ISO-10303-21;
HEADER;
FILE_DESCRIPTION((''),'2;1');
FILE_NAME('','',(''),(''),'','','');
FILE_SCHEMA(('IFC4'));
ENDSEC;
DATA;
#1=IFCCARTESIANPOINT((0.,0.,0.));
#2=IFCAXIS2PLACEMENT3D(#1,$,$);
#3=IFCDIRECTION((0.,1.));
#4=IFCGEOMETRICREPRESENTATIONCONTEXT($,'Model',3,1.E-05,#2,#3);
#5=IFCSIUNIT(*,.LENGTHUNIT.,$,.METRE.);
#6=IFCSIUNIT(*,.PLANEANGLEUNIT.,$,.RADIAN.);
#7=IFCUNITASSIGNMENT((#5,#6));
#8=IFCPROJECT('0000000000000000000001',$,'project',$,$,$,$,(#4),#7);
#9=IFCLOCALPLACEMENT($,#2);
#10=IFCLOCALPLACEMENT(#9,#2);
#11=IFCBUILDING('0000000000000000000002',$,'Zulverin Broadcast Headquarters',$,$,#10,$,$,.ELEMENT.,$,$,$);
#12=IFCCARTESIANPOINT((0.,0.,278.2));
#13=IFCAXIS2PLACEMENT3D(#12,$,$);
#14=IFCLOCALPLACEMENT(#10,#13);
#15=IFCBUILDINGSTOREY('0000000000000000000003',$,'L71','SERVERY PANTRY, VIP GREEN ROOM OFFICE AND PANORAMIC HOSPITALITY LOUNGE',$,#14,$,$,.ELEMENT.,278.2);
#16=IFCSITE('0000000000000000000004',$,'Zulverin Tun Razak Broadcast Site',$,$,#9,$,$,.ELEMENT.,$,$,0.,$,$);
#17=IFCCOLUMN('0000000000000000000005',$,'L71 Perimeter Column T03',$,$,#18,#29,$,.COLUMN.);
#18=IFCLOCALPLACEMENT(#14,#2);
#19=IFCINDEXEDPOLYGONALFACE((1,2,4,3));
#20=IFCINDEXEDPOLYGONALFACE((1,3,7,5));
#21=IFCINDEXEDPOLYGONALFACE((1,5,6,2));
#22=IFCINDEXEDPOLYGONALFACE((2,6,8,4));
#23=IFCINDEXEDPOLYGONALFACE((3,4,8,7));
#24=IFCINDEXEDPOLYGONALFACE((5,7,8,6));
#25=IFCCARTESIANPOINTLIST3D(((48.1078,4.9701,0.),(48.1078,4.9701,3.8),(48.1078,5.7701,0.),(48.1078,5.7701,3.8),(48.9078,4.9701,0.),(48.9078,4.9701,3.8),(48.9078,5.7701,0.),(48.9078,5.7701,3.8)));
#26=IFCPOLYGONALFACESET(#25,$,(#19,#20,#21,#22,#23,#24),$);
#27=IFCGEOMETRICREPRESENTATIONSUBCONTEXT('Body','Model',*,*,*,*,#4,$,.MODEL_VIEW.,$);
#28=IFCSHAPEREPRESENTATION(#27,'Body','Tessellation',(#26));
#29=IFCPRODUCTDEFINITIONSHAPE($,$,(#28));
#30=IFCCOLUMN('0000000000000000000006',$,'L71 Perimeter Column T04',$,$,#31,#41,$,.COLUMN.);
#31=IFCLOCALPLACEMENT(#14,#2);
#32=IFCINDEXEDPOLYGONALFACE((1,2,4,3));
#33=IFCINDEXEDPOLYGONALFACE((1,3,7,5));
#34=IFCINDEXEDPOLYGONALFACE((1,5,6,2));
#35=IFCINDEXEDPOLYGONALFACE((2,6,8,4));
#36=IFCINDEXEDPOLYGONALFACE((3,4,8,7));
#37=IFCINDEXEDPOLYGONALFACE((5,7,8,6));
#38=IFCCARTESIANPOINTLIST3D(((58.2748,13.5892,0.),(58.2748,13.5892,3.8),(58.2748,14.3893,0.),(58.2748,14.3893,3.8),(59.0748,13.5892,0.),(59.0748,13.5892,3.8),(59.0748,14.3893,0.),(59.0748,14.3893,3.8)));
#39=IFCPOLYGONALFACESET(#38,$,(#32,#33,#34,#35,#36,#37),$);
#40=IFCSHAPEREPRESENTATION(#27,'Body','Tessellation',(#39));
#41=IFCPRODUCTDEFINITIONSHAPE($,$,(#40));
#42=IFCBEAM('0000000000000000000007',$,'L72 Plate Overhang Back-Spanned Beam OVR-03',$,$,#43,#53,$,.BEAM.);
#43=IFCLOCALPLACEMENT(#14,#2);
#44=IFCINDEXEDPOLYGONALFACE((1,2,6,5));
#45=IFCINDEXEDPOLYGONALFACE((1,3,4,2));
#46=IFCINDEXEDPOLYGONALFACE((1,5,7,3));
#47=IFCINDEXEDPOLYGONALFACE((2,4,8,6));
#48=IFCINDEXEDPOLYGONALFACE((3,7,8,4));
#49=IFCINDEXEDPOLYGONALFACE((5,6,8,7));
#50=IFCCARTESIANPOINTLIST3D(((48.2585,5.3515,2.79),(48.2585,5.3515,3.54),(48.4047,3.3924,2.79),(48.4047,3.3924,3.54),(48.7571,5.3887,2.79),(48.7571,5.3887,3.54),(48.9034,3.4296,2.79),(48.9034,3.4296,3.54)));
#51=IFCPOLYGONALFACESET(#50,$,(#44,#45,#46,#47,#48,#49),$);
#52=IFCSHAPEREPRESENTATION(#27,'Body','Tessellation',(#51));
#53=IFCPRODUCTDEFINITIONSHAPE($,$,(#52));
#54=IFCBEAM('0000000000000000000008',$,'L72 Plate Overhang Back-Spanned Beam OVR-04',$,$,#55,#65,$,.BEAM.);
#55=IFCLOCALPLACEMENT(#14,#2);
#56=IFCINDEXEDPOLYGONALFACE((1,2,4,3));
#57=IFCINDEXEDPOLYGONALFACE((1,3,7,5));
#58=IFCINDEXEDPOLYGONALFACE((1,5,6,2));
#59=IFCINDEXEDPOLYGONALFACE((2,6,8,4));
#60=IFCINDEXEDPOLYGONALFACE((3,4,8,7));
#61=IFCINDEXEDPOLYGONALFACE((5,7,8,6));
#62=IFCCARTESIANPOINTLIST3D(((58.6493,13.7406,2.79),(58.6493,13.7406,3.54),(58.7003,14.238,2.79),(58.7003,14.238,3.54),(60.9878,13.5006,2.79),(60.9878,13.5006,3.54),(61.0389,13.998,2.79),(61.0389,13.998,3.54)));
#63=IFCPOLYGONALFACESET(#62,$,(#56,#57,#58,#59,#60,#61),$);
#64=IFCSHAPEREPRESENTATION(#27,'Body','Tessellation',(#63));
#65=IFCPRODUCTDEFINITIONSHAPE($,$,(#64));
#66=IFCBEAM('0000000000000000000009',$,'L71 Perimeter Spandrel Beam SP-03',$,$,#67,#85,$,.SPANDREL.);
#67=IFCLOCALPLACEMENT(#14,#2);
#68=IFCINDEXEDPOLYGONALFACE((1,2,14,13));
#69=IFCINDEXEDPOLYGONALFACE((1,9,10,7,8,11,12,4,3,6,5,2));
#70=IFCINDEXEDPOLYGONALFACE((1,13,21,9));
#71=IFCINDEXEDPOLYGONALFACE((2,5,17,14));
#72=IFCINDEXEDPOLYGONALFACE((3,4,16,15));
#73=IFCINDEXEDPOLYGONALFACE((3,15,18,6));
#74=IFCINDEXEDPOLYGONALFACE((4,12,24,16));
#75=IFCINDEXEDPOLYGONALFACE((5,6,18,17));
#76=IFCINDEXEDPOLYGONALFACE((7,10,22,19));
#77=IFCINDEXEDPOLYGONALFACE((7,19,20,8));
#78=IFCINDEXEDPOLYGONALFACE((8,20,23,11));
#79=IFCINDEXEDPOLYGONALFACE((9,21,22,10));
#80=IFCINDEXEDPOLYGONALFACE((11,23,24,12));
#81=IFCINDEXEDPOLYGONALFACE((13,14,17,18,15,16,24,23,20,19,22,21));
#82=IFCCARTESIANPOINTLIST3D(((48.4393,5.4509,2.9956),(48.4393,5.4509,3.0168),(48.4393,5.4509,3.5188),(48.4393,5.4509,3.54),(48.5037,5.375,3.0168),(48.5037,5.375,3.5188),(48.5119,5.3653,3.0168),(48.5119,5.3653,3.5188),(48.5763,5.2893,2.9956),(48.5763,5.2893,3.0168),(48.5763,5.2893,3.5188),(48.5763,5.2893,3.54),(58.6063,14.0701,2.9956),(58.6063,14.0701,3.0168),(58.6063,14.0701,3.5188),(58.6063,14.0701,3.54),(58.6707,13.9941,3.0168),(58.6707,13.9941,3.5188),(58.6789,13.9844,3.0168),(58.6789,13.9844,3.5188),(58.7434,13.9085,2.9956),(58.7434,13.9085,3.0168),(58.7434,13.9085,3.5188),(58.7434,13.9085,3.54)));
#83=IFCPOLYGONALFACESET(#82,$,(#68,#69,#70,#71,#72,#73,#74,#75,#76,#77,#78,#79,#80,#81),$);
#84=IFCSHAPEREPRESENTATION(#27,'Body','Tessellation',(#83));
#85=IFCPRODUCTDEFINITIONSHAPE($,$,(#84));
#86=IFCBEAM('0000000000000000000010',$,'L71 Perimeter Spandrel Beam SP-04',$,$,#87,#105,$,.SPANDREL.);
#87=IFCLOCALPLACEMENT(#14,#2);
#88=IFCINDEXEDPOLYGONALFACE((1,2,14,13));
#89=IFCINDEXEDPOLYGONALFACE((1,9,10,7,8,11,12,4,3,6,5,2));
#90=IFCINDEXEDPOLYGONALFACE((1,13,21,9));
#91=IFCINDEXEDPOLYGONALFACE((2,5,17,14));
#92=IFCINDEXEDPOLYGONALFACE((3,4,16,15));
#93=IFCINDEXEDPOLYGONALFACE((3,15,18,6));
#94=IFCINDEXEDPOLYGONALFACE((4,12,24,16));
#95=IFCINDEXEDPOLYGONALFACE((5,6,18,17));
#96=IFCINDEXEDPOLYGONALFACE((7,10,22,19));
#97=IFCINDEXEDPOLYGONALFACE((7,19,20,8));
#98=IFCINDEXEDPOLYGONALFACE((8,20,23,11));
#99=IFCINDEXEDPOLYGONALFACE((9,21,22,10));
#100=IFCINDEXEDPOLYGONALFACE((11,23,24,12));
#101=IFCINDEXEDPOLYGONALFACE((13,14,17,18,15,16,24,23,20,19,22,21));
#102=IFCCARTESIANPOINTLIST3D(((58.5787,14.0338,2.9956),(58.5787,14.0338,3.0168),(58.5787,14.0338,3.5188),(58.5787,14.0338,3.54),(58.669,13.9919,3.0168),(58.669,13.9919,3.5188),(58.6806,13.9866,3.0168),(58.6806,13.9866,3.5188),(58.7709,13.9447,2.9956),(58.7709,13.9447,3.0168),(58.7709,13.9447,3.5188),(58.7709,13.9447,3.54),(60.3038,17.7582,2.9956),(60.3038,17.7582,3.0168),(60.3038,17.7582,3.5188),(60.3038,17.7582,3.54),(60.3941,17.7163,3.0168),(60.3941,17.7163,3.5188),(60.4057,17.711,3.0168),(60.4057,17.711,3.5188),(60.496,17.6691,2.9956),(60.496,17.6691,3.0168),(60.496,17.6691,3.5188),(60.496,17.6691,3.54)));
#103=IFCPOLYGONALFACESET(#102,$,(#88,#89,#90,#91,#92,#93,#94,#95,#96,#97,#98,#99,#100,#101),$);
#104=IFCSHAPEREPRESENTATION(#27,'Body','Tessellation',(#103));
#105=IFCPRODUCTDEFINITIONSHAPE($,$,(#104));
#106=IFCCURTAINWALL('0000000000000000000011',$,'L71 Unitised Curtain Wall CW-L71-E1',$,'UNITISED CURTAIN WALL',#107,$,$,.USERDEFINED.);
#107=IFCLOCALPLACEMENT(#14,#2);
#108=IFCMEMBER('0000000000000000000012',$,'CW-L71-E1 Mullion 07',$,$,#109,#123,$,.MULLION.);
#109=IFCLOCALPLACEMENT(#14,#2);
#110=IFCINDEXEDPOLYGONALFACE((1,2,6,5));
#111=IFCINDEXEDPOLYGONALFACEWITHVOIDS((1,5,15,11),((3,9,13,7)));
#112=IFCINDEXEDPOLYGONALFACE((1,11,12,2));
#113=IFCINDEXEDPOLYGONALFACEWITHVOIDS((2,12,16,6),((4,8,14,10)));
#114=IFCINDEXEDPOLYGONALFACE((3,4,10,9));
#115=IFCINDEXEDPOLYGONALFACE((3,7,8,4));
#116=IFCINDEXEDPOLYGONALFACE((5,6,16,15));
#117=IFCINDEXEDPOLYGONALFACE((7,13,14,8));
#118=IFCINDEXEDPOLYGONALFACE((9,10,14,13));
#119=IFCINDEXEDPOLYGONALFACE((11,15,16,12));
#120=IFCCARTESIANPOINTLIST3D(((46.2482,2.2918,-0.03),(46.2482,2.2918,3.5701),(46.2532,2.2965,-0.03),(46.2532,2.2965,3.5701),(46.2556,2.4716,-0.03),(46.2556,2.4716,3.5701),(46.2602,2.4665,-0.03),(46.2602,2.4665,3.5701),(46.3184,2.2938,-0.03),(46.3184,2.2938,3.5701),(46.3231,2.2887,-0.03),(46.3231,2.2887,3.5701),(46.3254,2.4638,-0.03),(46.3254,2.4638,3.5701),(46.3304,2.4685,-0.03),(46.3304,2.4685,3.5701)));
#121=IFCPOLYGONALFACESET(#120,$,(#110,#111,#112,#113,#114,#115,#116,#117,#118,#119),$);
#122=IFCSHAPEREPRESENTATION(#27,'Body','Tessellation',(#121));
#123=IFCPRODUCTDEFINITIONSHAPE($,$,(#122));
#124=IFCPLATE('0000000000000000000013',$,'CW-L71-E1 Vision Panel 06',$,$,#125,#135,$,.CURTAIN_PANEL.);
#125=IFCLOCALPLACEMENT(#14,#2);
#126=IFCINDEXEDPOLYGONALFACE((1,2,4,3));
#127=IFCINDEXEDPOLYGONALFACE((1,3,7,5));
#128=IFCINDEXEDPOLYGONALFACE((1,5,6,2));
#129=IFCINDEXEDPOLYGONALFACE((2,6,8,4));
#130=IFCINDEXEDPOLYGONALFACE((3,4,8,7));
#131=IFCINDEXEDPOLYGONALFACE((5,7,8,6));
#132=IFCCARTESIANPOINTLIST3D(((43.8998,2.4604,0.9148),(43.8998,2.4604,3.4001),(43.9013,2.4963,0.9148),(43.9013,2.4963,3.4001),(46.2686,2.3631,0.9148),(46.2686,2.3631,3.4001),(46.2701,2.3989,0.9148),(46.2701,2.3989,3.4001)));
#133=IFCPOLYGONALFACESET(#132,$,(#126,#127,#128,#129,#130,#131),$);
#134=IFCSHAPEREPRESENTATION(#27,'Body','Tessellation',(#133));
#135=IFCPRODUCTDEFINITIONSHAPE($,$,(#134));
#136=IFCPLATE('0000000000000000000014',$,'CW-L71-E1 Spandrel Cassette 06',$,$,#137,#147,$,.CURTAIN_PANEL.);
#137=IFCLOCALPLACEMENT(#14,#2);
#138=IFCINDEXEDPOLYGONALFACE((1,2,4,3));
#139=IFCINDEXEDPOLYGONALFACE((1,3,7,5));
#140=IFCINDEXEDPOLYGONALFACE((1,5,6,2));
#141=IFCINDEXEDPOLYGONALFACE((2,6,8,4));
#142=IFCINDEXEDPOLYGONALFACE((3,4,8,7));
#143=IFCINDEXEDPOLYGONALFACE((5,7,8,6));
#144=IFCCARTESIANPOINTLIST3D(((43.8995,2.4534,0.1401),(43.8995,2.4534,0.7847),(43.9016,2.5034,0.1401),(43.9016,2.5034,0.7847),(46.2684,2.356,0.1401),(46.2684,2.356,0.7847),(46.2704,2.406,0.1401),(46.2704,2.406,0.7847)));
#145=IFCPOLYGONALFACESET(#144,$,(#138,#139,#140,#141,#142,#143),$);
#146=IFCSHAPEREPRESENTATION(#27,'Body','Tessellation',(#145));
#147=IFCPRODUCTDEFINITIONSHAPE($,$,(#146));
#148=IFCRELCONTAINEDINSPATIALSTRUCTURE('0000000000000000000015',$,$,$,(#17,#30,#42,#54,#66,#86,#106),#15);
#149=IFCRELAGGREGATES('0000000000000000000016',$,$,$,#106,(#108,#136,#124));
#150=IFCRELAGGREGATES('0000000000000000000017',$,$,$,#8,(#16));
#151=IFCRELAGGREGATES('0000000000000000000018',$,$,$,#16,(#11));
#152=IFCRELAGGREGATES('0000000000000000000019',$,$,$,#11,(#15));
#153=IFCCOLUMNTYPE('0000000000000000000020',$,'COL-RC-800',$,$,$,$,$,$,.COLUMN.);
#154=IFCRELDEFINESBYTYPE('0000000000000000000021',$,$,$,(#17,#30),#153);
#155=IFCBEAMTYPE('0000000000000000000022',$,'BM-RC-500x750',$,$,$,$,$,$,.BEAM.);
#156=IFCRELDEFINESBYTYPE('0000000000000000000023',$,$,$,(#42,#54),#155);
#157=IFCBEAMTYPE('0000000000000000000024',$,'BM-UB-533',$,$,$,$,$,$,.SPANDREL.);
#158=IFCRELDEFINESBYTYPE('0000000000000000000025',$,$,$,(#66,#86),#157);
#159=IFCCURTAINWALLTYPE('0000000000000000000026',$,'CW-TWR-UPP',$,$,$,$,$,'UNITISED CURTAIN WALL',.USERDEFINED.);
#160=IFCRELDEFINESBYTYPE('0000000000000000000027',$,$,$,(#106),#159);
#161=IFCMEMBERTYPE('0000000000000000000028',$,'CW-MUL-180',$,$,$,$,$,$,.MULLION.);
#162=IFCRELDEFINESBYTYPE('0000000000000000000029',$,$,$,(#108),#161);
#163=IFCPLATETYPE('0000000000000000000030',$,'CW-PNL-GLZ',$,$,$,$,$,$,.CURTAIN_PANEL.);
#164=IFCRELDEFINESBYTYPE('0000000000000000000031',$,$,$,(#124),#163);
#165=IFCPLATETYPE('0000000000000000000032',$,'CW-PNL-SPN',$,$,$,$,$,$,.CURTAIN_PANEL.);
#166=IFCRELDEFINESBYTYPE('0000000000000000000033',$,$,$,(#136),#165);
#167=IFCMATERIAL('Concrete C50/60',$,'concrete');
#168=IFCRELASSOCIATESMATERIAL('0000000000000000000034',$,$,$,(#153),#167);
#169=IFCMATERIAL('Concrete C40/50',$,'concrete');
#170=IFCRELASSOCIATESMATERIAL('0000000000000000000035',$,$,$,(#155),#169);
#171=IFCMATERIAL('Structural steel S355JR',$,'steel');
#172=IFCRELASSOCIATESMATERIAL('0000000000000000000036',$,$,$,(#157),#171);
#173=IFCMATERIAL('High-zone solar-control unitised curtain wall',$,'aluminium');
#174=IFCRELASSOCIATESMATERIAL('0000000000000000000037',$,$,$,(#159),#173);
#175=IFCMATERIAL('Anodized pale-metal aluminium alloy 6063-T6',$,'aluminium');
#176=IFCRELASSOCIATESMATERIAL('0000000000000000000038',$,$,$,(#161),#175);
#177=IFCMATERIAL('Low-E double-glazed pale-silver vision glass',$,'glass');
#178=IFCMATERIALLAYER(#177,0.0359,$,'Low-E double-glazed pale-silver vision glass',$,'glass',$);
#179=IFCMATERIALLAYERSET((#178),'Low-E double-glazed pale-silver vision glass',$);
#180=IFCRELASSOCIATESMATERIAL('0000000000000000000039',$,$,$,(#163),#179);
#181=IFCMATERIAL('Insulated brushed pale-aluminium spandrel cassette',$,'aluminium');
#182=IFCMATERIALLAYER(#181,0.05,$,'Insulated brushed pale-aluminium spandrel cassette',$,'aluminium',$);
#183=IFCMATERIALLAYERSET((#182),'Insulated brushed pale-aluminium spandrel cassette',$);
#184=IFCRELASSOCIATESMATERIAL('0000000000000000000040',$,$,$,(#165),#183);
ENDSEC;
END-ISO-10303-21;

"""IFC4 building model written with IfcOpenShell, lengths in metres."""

from ifc_helpers import new_model, si_unit, direction, frame, origin, origin_2d, place, context, subcontext, project, spatial, rectangle, hollow_rectangle, i_section, extrude, material, layer, layer_set, material_profile, profile_set, type_object, element, aggregate, save


model = new_model("IFC4")

# Units and contexts
model_context = context("Model", 3, precision=1e-05, world=origin(), true_north=direction((0.0, 1.0)))
body_context = subcontext(model_context, "Body", "Model", "MODEL_VIEW")
ifc_project = project(units=[si_unit("LENGTHUNIT", "METRE"), si_unit("PLANEANGLEUNIT", "RADIAN")], contexts=[model_context])

# Site, building, storey
site_placement = place(None, origin())
site = spatial("IfcSite", under=ifc_project, at=site_placement, Name="Zulverin Tun Razak Broadcast Site", CompositionType="ELEMENT", RefElevation=0.0)
building_placement = place(site_placement, origin())
building = spatial("IfcBuilding", under=site, at=building_placement, Name="Zulverin Broadcast Headquarters", CompositionType="ELEMENT")
storey_placement = place(building_placement, frame((0.0, 0.0, 278.2)))
storey = spatial("IfcBuildingStorey", under=building, at=storey_placement, Name="L71", Description="SERVERY PANTRY, VIP GREEN ROOM OFFICE AND PANORAMIC HOSPITALITY LOUNGE", CompositionType="ELEMENT", Elevation=278.2)

# Columns
ifc_material_1 = material(Name="Concrete C50/60", Category="concrete")
ifc_material_profile_1 = material_profile(ifc_material_1, rectangle(XDim=0.8, YDim=0.8, at=origin_2d()), Name="Concrete C50/60", Category="concrete")
ifc_profile_set_1 = profile_set([ifc_material_profile_1], Name="Concrete C50/60")
column_type = type_object("IfcColumnType", Name="COL-RC-800", PredefinedType="COLUMN", material=ifc_profile_set_1)
for number, where, z_axis, x_axis, name in (
    (1, (48.5078, 5.3701, 0.0), (0.0, 0.0, 1.0), (1.0, 0.0, 0.0), "L71 Perimeter Column T03"),
    (2, (58.6748, 13.9893, 0.0), (0.0, 0.0, 1.0), (1.0, 0.0, 0.0), "L71 Perimeter Column T04"),
):
    element("IfcColumn", number, at=place(storey_placement, frame(where, z_axis=z_axis, x_axis=x_axis)), inside=storey, type_object=column_type, Name=name, PredefinedType="COLUMN", context=body_context, shape_type="SweptSolid", body=[
        extrude(rectangle(XDim=0.8, YDim=0.8, at=origin_2d()), origin(), (0.0, 0.0, 1.0), 3.8),
    ])

# Beams
ifc_material_2 = material(Name="Concrete C40/50", Category="concrete")
ifc_material_profile_2 = material_profile(ifc_material_2, rectangle(XDim=0.5, YDim=0.75, at=origin_2d()), Name="Concrete C40/50", Category="concrete")
ifc_profile_set_2 = profile_set([ifc_material_profile_2], Name="Concrete C40/50")
beam_type_1 = type_object("IfcBeamType", Name="BM-RC-500x750", PredefinedType="BEAM", material=ifc_profile_set_2)
beam_1_placement = place(storey_placement, frame((48.5078, 5.3701, 3.165), z_axis=(0.074435, -0.997226, 0.0), x_axis=(0.997226, 0.074435, 0.0)))
element("IfcBeam", 3, at=beam_1_placement, inside=storey, type_object=beam_type_1, Name="L72 Plate Overhang Back-Spanned Beam OVR-03", PredefinedType="BEAM", context=body_context, shape_type="SweptSolid", body=[
    extrude(rectangle(XDim=0.5, YDim=0.75, at=origin_2d()), origin(), (0.0, 0.0, 1.0), 1.9646),
])
beam_2_placement = place(storey_placement, frame((58.6748, 13.9893, 3.165), z_axis=(0.994776, -0.102084, 0.0), x_axis=(0.102084, 0.994776, 0.0)))
element("IfcBeam", 4, at=beam_2_placement, inside=storey, type_object=beam_type_1, Name="L72 Plate Overhang Back-Spanned Beam OVR-04", PredefinedType="BEAM", context=body_context, shape_type="SweptSolid", body=[
    extrude(rectangle(XDim=0.5, YDim=0.75, at=origin_2d()), origin(), (0.0, 0.0, 1.0), 2.3508),
])
ifc_material_3 = material(Name="Structural steel S355JR", Category="steel")
ifc_material_profile_3 = material_profile(ifc_material_3, i_section(OverallWidth=0.2119, OverallDepth=0.5444, WebThickness=0.0127, FlangeThickness=0.0212, at=origin_2d()), Name="Structural steel S355JR", Category="steel")
ifc_profile_set_3 = profile_set([ifc_material_profile_3], Name="Structural steel S355JR")
beam_type_2 = type_object("IfcBeamType", Name="BM-UB-533", PredefinedType="SPANDREL", material=ifc_profile_set_3)
beam_3_placement = place(storey_placement, frame((48.5078, 5.3701, 3.2678), z_axis=(0.762783, 0.646655, 0.0), x_axis=(-0.646655, 0.762783, 0.0)))
element("IfcBeam", 5, at=beam_3_placement, inside=storey, type_object=beam_type_2, Name="L71 Perimeter Spandrel Beam SP-03", PredefinedType="SPANDREL", context=body_context, shape_type="SweptSolid", body=[
    extrude(i_section(OverallWidth=0.2119, OverallDepth=0.5444, WebThickness=0.0127, FlangeThickness=0.0212, at=origin_2d()), origin(), (0.0, 0.0, 1.0), 13.3289),
])
beam_4_placement = place(storey_placement, frame((58.6748, 13.9893, 3.2678), z_axis=(0.420295, 0.907388, 0.0), x_axis=(-0.907388, 0.420295, 0.0)))
element("IfcBeam", 6, at=beam_4_placement, inside=storey, type_object=beam_type_2, Name="L71 Perimeter Spandrel Beam SP-04", PredefinedType="SPANDREL", context=body_context, shape_type="SweptSolid", body=[
    extrude(i_section(OverallWidth=0.2119, OverallDepth=0.5444, WebThickness=0.0127, FlangeThickness=0.0212, at=origin_2d()), origin(), (0.0, 0.0, 1.0), 4.1045),
])

# Curtain wall, member, plates
ifc_material_4 = material(Name="High-zone solar-control unitised curtain wall", Category="aluminium")
curtain_wall_type = type_object("IfcCurtainWallType", Name="CW-TWR-UPP", ElementType="UNITISED CURTAIN WALL", PredefinedType="USERDEFINED", material=ifc_material_4)
curtain_wall_placement = place(storey_placement, origin())
curtain_wall = element("IfcCurtainWall", 7, at=curtain_wall_placement, inside=storey, type_object=curtain_wall_type, Name="L71 Unitised Curtain Wall CW-L71-E1", ObjectType="UNITISED CURTAIN WALL", PredefinedType="USERDEFINED")
ifc_material_5 = material(Name="Anodized pale-metal aluminium alloy 6063-T6", Category="aluminium")
ifc_material_profile_4 = material_profile(ifc_material_5, hollow_rectangle(XDim=0.075, YDim=0.1799, WallThickness=0.0049, at=origin_2d()), Name="Anodized pale-metal aluminium alloy 6063-T6", Category="aluminium")
ifc_profile_set_4 = profile_set([ifc_material_profile_4], Name="Anodized pale-metal aluminium alloy 6063-T6")
member_type = type_object("IfcMemberType", Name="CW-MUL-180", PredefinedType="MULLION", material=ifc_profile_set_4)
member_placement = place(storey_placement, frame((46.2893, 2.3801, -0.03), z_axis=(0.0, 0.0, 1.0), x_axis=(0.999156, -0.04107, 0.0)))
member = element("IfcMember", 8, at=member_placement, type_object=member_type, Name="CW-L71-E1 Mullion 07", PredefinedType="MULLION", context=body_context, shape_type="SweptSolid", body=[
    extrude(hollow_rectangle(XDim=0.075, YDim=0.1799, WallThickness=0.0049, at=origin_2d()), origin(), (0.0, 0.0, 1.0), 3.6001),
])
ifc_material_6 = material(Name="Low-E double-glazed pale-silver vision glass", Category="glass")
ifc_layer_1 = layer(ifc_material_6, 0.0359, Name="Low-E double-glazed pale-silver vision glass", Category="glass")
ifc_layer_set_1 = layer_set([ifc_layer_1], Name="Low-E double-glazed pale-silver vision glass")
plate_type_1 = type_object("IfcPlateType", Name="CW-PNL-GLZ", PredefinedType="CURTAIN_PANEL", material=ifc_layer_set_1)
plate_1_placement = place(storey_placement, frame((45.085, 2.4297, 0.9148), z_axis=(0.0, 0.0, 1.0), x_axis=(0.999156, -0.04107, 0.0)))
plate_1 = element("IfcPlate", 9, at=plate_1_placement, type_object=plate_type_1, Name="CW-L71-E1 Vision Panel 06", PredefinedType="CURTAIN_PANEL", context=body_context, shape_type="SweptSolid", body=[
    extrude(rectangle(XDim=2.3708, YDim=0.0359, at=origin_2d()), origin(), (0.0, 0.0, 1.0), 2.4854),
])
ifc_material_7 = material(Name="Insulated brushed pale-aluminium spandrel cassette", Category="aluminium")
ifc_layer_2 = layer(ifc_material_7, 0.05, Name="Insulated brushed pale-aluminium spandrel cassette", Category="aluminium")
ifc_layer_set_2 = layer_set([ifc_layer_2], Name="Insulated brushed pale-aluminium spandrel cassette")
plate_type_2 = type_object("IfcPlateType", Name="CW-PNL-SPN", PredefinedType="CURTAIN_PANEL", material=ifc_layer_set_2)
plate_2_placement = place(storey_placement, frame((45.085, 2.4297, 0.1401), z_axis=(0.0, 0.0, 1.0), x_axis=(0.999156, -0.04107, 0.0)))
plate_2 = element("IfcPlate", 10, at=plate_2_placement, type_object=plate_type_2, Name="CW-L71-E1 Spandrel Cassette 06", PredefinedType="CURTAIN_PANEL", context=body_context, shape_type="SweptSolid", body=[
    extrude(rectangle(XDim=2.3708, YDim=0.05, at=origin_2d()), origin(), (0.0, 0.0, 1.0), 0.6445),
])
aggregate(curtain_wall, [member, plate_2, plate_1])

save(model, "model.ifc")
